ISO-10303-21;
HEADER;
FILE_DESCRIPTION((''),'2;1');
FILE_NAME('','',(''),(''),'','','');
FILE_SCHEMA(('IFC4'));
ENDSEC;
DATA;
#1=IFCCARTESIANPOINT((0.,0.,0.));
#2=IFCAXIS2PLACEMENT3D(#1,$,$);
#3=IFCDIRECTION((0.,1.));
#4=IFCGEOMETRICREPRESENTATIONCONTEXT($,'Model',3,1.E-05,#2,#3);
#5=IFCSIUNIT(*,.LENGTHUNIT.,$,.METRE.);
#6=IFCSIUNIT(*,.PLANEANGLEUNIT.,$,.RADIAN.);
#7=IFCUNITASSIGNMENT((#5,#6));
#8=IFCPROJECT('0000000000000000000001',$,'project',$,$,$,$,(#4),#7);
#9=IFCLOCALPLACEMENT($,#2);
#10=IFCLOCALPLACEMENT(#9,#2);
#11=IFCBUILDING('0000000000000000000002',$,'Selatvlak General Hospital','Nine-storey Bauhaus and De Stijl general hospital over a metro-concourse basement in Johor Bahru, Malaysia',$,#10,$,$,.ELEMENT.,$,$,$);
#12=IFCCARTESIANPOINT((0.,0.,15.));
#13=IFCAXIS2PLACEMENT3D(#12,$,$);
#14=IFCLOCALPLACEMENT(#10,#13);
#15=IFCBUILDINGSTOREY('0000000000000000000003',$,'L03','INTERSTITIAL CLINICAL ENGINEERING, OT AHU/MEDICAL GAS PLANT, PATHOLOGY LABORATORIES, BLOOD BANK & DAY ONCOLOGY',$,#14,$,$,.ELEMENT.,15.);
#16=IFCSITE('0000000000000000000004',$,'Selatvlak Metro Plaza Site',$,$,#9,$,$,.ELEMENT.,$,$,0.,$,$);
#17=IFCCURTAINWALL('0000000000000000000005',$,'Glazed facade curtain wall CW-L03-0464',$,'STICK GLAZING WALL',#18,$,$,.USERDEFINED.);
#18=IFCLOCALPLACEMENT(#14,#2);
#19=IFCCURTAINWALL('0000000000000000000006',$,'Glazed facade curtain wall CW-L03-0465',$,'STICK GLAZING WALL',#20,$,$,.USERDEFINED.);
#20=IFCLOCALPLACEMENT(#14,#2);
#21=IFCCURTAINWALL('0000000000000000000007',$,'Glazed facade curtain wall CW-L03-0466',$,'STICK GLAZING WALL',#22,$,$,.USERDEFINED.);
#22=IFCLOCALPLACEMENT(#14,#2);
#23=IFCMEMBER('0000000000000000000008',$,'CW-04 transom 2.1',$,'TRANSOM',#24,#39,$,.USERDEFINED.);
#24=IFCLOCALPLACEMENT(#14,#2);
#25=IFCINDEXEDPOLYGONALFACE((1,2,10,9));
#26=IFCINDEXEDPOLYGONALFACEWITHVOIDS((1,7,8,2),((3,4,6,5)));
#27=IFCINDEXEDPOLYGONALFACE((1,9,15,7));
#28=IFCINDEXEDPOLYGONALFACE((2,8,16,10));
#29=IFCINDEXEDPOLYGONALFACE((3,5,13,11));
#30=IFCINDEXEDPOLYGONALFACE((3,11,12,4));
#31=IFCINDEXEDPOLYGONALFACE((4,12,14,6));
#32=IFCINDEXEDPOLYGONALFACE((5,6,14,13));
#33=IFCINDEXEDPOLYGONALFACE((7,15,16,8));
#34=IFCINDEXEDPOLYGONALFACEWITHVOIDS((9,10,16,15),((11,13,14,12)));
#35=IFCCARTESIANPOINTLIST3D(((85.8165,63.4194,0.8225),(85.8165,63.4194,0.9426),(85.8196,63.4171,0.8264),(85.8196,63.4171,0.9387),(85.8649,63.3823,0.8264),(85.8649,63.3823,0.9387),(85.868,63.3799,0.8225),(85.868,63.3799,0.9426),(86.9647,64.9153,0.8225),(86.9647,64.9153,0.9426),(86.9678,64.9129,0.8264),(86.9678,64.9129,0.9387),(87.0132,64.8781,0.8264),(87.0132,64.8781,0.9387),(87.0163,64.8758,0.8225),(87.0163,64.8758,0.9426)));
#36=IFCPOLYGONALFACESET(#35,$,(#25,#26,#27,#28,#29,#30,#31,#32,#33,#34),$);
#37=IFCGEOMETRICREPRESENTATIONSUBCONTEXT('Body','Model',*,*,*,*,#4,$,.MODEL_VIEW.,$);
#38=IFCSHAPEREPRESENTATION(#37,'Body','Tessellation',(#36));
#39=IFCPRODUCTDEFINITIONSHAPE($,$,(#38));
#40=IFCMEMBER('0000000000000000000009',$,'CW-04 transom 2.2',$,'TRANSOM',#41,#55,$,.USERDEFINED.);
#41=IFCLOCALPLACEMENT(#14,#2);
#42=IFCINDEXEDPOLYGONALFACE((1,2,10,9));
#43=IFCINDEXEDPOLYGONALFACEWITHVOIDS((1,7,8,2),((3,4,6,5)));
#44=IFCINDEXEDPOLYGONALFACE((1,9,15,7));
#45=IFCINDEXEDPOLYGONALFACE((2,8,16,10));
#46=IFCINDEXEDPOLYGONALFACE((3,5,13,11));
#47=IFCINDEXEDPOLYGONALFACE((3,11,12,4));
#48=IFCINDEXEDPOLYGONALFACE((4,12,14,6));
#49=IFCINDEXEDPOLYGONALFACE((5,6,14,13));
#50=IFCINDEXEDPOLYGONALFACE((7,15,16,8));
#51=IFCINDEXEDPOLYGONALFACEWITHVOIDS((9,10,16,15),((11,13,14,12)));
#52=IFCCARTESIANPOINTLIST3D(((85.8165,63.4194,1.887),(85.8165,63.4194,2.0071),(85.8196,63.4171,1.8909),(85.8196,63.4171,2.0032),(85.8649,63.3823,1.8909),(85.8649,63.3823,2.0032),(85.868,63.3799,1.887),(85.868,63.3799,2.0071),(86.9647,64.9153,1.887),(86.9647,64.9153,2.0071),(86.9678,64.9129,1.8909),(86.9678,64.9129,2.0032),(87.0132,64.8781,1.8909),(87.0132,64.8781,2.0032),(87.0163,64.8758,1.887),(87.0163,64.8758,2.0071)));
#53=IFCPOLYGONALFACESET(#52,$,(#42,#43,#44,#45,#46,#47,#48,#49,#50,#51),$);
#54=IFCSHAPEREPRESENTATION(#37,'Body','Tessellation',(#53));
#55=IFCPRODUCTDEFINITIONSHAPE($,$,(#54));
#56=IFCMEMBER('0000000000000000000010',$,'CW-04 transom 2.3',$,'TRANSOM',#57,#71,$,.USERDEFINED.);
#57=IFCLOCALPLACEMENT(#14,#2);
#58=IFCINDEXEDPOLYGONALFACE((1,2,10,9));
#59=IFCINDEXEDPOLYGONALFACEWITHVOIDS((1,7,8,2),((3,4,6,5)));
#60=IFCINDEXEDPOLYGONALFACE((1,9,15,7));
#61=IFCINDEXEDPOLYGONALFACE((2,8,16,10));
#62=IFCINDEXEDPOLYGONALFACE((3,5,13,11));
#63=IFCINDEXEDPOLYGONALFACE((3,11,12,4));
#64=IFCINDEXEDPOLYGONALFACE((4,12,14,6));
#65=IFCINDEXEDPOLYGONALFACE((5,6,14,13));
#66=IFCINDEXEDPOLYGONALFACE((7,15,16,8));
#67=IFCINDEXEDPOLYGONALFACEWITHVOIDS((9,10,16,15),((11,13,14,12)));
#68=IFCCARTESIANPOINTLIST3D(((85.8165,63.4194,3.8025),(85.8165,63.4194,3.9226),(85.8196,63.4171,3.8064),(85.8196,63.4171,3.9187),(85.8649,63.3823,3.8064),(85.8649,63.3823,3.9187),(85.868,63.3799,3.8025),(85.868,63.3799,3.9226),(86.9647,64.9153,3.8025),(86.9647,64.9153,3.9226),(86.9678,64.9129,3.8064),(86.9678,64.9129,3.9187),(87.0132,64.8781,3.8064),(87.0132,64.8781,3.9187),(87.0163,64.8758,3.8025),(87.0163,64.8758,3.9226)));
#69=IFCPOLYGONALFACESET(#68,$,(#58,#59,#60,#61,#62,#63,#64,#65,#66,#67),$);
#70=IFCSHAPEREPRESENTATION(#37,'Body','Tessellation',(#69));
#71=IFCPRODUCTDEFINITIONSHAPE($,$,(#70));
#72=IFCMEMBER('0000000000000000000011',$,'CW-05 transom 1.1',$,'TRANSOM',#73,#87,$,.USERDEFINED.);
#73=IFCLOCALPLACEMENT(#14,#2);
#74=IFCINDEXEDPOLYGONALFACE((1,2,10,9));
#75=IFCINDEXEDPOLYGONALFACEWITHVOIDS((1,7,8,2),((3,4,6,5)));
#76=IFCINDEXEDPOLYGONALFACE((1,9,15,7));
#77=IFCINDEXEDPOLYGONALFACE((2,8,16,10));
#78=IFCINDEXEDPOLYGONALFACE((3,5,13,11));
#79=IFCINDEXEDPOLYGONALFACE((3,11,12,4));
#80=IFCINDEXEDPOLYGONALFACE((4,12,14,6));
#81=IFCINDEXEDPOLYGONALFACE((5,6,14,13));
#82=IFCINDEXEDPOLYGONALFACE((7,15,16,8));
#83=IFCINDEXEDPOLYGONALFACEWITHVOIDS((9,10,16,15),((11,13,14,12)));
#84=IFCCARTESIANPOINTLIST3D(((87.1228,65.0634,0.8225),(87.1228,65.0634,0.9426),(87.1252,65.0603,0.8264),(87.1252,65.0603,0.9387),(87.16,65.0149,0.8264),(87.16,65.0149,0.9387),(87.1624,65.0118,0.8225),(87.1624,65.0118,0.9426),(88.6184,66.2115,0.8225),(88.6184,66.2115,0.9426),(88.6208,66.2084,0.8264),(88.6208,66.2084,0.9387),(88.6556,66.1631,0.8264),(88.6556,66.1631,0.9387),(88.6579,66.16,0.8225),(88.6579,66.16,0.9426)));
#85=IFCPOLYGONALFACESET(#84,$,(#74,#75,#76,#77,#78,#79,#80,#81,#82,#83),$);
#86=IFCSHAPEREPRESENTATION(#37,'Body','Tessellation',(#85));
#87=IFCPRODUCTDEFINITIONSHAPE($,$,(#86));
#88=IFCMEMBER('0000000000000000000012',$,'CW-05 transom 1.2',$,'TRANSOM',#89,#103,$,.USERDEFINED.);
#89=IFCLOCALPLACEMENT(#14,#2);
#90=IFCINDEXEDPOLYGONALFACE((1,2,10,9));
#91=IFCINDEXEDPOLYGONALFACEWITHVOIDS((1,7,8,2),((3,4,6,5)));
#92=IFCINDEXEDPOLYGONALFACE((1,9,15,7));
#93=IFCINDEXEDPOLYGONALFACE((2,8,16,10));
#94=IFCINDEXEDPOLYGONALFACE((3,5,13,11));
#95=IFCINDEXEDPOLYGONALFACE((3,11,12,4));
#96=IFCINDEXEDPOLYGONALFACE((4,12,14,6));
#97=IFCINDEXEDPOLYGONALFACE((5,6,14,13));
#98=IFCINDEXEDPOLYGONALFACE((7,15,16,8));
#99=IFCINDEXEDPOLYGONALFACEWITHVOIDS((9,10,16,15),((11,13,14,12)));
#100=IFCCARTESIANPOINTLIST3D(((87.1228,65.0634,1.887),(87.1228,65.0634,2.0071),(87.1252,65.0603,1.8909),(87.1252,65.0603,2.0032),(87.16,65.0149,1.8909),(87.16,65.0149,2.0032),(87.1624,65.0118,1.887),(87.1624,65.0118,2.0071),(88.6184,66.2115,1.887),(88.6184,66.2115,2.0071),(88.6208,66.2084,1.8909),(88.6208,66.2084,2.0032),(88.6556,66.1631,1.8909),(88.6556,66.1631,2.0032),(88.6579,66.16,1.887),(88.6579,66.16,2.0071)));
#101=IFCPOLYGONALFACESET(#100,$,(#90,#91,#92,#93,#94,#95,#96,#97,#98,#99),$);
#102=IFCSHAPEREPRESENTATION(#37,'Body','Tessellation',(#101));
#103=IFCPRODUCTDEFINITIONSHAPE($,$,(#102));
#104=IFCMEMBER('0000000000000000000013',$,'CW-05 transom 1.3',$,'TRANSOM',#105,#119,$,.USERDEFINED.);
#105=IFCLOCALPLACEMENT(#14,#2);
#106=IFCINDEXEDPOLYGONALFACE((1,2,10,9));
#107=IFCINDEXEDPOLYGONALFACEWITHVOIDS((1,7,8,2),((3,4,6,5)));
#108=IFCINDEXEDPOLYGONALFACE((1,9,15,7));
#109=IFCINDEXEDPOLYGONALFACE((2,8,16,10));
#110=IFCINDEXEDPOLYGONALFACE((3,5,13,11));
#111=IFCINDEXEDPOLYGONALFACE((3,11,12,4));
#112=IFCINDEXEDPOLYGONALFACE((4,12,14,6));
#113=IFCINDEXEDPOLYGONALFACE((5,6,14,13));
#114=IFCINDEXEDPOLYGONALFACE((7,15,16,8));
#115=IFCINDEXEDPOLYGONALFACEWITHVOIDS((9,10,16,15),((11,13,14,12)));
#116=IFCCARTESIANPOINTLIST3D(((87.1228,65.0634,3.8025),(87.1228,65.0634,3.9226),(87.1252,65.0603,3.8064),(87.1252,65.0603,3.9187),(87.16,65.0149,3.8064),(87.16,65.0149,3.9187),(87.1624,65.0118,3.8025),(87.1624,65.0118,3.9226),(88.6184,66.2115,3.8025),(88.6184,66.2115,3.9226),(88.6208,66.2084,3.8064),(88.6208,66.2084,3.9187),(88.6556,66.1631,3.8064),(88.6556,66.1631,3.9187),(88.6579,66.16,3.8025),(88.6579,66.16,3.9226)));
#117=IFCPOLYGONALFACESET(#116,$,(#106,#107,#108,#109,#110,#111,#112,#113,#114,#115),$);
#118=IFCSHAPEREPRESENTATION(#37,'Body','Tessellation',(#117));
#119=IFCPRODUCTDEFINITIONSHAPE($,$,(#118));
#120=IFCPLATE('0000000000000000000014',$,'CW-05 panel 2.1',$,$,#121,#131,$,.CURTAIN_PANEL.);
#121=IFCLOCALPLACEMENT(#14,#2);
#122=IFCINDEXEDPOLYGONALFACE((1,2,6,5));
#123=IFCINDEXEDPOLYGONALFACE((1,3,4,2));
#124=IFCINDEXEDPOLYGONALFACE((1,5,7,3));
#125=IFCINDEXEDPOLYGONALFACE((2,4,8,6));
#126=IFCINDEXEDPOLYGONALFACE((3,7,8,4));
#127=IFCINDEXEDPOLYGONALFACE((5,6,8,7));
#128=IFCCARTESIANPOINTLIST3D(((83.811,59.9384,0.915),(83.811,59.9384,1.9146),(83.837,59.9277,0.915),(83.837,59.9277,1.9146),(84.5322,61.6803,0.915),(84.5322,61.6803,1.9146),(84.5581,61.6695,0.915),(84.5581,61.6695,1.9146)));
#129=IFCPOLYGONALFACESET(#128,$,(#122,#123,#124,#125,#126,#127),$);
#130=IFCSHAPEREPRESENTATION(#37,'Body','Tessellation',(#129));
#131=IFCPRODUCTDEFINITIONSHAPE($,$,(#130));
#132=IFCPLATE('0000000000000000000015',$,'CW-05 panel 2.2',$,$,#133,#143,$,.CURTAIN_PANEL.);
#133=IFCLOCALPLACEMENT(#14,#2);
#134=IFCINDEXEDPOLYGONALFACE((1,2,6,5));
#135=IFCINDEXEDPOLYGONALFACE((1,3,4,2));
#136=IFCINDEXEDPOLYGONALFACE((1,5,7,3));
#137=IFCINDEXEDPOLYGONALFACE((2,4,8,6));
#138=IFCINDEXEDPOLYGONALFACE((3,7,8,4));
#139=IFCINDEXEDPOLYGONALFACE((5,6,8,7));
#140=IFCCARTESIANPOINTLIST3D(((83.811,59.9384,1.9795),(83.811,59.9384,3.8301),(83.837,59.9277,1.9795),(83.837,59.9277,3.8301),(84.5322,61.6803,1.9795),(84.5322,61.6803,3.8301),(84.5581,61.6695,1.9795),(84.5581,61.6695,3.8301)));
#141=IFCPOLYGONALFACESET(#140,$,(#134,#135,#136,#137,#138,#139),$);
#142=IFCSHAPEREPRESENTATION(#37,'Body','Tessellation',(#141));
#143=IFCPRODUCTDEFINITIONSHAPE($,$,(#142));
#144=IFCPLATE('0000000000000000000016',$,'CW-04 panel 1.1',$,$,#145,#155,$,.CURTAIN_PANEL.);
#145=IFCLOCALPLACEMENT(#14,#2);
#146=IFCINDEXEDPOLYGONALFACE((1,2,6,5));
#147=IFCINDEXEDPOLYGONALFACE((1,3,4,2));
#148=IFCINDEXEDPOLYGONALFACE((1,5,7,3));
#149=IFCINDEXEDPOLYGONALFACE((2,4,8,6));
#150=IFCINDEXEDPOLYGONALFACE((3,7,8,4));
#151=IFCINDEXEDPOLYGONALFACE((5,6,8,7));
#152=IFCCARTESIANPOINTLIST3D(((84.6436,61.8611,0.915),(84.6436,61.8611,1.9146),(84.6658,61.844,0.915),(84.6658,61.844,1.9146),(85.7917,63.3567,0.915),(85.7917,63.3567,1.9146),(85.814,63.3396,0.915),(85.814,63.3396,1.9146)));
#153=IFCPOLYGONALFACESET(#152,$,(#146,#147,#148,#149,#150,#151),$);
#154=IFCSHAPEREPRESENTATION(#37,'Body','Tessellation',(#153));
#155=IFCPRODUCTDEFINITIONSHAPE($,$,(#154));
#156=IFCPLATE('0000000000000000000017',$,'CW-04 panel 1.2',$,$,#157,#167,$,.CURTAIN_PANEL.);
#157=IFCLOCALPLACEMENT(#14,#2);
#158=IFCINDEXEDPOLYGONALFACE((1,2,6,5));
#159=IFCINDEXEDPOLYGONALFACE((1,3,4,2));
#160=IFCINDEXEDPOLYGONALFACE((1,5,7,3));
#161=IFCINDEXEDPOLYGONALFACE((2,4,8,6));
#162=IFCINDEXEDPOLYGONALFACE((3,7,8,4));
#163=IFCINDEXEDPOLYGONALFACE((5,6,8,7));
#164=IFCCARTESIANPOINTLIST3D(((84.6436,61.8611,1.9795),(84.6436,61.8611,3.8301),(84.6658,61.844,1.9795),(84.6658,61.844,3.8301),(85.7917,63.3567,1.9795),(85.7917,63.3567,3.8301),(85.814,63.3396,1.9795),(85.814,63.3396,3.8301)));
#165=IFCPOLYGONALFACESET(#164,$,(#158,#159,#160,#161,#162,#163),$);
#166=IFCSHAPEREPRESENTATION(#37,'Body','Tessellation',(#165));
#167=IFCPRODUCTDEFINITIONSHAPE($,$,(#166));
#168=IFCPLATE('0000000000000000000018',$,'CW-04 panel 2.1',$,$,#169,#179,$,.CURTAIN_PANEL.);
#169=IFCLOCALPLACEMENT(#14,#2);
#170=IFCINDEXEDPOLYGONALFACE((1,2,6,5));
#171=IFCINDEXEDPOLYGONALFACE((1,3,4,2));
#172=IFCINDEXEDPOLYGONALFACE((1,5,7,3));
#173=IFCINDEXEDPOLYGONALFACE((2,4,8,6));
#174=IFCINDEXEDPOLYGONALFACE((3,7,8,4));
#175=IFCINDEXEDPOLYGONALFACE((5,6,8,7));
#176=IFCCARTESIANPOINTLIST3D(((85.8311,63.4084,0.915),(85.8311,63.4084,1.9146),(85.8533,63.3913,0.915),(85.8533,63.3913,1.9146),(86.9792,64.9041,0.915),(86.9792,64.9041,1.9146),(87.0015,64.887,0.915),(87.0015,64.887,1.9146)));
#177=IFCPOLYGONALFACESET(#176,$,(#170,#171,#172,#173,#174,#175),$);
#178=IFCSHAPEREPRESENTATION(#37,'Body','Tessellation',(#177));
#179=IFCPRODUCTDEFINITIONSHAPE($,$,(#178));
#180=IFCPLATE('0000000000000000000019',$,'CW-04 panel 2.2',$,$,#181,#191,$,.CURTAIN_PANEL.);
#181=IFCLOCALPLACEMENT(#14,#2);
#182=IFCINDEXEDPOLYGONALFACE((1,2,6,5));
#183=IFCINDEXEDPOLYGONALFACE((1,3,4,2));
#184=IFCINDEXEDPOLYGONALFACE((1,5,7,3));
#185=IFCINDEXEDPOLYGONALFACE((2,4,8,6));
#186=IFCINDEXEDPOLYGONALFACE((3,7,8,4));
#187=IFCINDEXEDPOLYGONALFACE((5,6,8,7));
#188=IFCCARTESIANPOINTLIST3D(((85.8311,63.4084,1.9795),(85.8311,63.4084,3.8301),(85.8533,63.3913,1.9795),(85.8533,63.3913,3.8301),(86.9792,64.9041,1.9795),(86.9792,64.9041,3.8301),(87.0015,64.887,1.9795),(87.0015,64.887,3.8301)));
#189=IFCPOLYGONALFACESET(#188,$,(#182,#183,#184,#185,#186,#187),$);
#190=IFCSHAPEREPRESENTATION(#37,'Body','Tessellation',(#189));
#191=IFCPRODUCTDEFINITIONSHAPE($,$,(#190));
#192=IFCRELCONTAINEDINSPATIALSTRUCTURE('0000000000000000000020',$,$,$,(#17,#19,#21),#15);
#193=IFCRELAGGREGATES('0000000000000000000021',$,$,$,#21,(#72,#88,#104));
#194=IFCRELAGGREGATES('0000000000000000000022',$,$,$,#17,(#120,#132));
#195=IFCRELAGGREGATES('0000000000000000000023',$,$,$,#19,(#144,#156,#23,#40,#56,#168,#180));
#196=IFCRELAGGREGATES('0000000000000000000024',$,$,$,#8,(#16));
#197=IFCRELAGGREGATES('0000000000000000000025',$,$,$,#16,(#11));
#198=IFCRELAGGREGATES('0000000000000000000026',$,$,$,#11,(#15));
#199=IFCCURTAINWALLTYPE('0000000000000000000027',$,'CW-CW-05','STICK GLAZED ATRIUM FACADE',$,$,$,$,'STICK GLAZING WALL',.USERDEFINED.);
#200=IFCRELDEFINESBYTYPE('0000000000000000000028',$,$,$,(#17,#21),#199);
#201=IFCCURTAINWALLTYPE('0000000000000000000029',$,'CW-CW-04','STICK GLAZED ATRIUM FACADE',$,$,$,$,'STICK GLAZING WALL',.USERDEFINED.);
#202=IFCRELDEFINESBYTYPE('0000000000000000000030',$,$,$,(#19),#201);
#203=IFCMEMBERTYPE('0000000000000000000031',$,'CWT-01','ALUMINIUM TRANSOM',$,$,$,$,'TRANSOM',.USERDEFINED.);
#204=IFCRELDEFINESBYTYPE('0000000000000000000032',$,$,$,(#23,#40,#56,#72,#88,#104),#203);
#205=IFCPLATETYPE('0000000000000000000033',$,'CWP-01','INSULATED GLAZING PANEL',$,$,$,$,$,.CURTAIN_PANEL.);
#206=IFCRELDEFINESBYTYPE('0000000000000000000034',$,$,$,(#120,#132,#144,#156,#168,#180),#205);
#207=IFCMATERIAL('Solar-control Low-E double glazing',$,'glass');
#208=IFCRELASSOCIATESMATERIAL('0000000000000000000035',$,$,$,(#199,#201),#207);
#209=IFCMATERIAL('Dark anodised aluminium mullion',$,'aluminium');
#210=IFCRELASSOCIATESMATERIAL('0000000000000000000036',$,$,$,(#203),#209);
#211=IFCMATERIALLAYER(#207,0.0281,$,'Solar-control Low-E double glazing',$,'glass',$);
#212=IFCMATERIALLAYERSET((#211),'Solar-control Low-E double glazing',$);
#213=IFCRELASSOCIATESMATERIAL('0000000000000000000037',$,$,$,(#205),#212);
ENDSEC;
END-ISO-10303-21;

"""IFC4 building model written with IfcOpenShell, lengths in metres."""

from ifc_helpers import new_model, si_unit, direction, frame, origin, origin_2d, place, context, subcontext, project, spatial, rectangle, hollow_rectangle, extrude, material, layer, layer_set, material_profile, profile_set, type_object, element, aggregate, save


model = new_model("IFC4")

# Units and contexts
model_context = context("Model", 3, precision=1e-05, world=origin(), true_north=direction((0.0, 1.0)))
body_context = subcontext(model_context, "Body", "Model", "MODEL_VIEW")
ifc_project = project(units=[si_unit("LENGTHUNIT", "METRE"), si_unit("PLANEANGLEUNIT", "RADIAN")], contexts=[model_context])

# Site, building, storey
site_placement = place(None, origin())
site = spatial("IfcSite", under=ifc_project, at=site_placement, Name="Selatvlak Metro Plaza Site", CompositionType="ELEMENT", RefElevation=0.0)
building_placement = place(site_placement, origin())
building = spatial("IfcBuilding", under=site, at=building_placement, Name="Selatvlak General Hospital", Description="Nine-storey Bauhaus and De Stijl general hospital over a metro-concourse basement in Johor Bahru, Malaysia", CompositionType="ELEMENT")
storey_placement = place(building_placement, frame((0.0, 0.0, 15.0)))
storey = spatial("IfcBuildingStorey", under=building, at=storey_placement, Name="L03", Description="INTERSTITIAL CLINICAL ENGINEERING, OT AHU/MEDICAL GAS PLANT, PATHOLOGY LABORATORIES, BLOOD BANK & DAY ONCOLOGY", CompositionType="ELEMENT", Elevation=15.0)

# Curtain wall
ifc_material_1 = material(Name="Solar-control Low-E double glazing", Category="glass")
curtain_wall_type_1 = type_object("IfcCurtainWallType", Name="CW-CW-05", Description="STICK GLAZED ATRIUM FACADE", ElementType="STICK GLAZING WALL", PredefinedType="USERDEFINED", material=ifc_material_1)
curtain_wall_1_placement = place(storey_placement, origin())
curtain_wall_1 = element("IfcCurtainWall", 1, at=curtain_wall_1_placement, inside=storey, type_object=curtain_wall_type_1, Name="Glazed facade curtain wall CW-L03-0464", ObjectType="STICK GLAZING WALL", PredefinedType="USERDEFINED")
ifc_material_2 = material(Name="Dark anodised aluminium mullion", Category="aluminium")

# Curtain wall
curtain_wall_type_2 = type_object("IfcCurtainWallType", Name="CW-CW-04", Description="STICK GLAZED ATRIUM FACADE", ElementType="STICK GLAZING WALL", PredefinedType="USERDEFINED", material=ifc_material_1)
curtain_wall_2_placement = place(storey_placement, origin())
curtain_wall_2 = element("IfcCurtainWall", 2, at=curtain_wall_2_placement, inside=storey, type_object=curtain_wall_type_2, Name="Glazed facade curtain wall CW-L03-0465", ObjectType="STICK GLAZING WALL", PredefinedType="USERDEFINED")

# Curtain wall
curtain_wall_3_placement = place(storey_placement, origin())
curtain_wall_3 = element("IfcCurtainWall", 3, at=curtain_wall_3_placement, inside=storey, type_object=curtain_wall_type_1, Name="Glazed facade curtain wall CW-L03-0466", ObjectType="STICK GLAZING WALL", PredefinedType="USERDEFINED")

# Members
ifc_material_profile_1 = material_profile(ifc_material_2, hollow_rectangle(XDim=0.0649, YDim=0.1201, WallThickness=0.0039, at=origin_2d()), Name="AL-TRN 65x120x4")
ifc_profile_set_1 = profile_set([ifc_material_profile_1], Name="Dark anodised aluminium mullion")
member_type_1 = type_object("IfcMemberType", Name="CWT-01", Description="ALUMINIUM TRANSOM", ElementType="TRANSOM", PredefinedType="USERDEFINED", material=ifc_profile_set_1)
member_1_placement = place(storey_placement, frame((85.8423, 63.3997, 0.8826), z_axis=(0.608891, 0.793254, 0.0), x_axis=(-0.793254, 0.608891, 0.0)))
member_1 = element("IfcMember", 4, at=member_1_placement, type_object=member_type_1, Name="CW-04 transom 2.1", ObjectType="TRANSOM", PredefinedType="USERDEFINED", context=body_context, shape_type="SweptSolid", body=[
    extrude(hollow_rectangle(XDim=0.0649, YDim=0.1201, WallThickness=0.0039, at=origin_2d()), origin(), (0.0, 0.0, 1.0), 1.8857),
])
member_2_placement = place(storey_placement, frame((85.8423, 63.3997, 1.947), z_axis=(0.608891, 0.793254, 0.0), x_axis=(-0.793254, 0.608891, 0.0)))
member_2 = element("IfcMember", 5, at=member_2_placement, type_object=member_type_1, Name="CW-04 transom 2.2", ObjectType="TRANSOM", PredefinedType="USERDEFINED", context=body_context, shape_type="SweptSolid", body=[
    extrude(hollow_rectangle(XDim=0.0649, YDim=0.1201, WallThickness=0.0039, at=origin_2d()), origin(), (0.0, 0.0, 1.0), 1.8857),
])
member_3_placement = place(storey_placement, frame((85.8423, 63.3997, 3.8625), z_axis=(0.608891, 0.793254, 0.0), x_axis=(-0.793254, 0.608891, 0.0)))
member_3 = element("IfcMember", 6, at=member_3_placement, type_object=member_type_1, Name="CW-04 transom 2.3", ObjectType="TRANSOM", PredefinedType="USERDEFINED", context=body_context, shape_type="SweptSolid", body=[
    extrude(hollow_rectangle(XDim=0.0649, YDim=0.1201, WallThickness=0.0039, at=origin_2d()), origin(), (0.0, 0.0, 1.0), 1.8857),
])
member_4_placement = place(storey_placement, frame((87.1426, 65.0376, 0.8826), z_axis=(0.793206, 0.608953, 0.0), x_axis=(-0.608953, 0.793206, 0.0)))
member_4 = element("IfcMember", 7, at=member_4_placement, type_object=member_type_1, Name="CW-05 transom 1.1", ObjectType="TRANSOM", PredefinedType="USERDEFINED", context=body_context, shape_type="SweptSolid", body=[
    extrude(hollow_rectangle(XDim=0.0649, YDim=0.1201, WallThickness=0.0039, at=origin_2d()), origin(), (0.0, 0.0, 1.0), 1.8855),
])
member_5_placement = place(storey_placement, frame((87.1426, 65.0376, 1.947), z_axis=(0.793206, 0.608953, 0.0), x_axis=(-0.608953, 0.793206, 0.0)))
member_5 = element("IfcMember", 8, at=member_5_placement, type_object=member_type_1, Name="CW-05 transom 1.2", ObjectType="TRANSOM", PredefinedType="USERDEFINED", context=body_context, shape_type="SweptSolid", body=[
    extrude(hollow_rectangle(XDim=0.0649, YDim=0.1201, WallThickness=0.0039, at=origin_2d()), origin(), (0.0, 0.0, 1.0), 1.8855),
])
member_6_placement = place(storey_placement, frame((87.1426, 65.0376, 3.8625), z_axis=(0.793206, 0.608953, 0.0), x_axis=(-0.608953, 0.793206, 0.0)))
member_6 = element("IfcMember", 9, at=member_6_placement, type_object=member_type_1, Name="CW-05 transom 1.3", ObjectType="TRANSOM", PredefinedType="USERDEFINED", context=body_context, shape_type="SweptSolid", body=[
    extrude(hollow_rectangle(XDim=0.0649, YDim=0.1201, WallThickness=0.0039, at=origin_2d()), origin(), (0.0, 0.0, 1.0), 1.8855),
])
aggregate(curtain_wall_3, [member_4, member_5, member_6])

# Plates
ifc_layer_1 = layer(ifc_material_1, 0.0281, Name="Solar-control Low-E double glazing", Category="glass")
ifc_layer_set_1 = layer_set([ifc_layer_1], Name="Solar-control Low-E double glazing")
plate_type = type_object("IfcPlateType", Name="CWP-01", Description="INSULATED GLAZING PANEL", PredefinedType="CURTAIN_PANEL", material=ifc_layer_set_1)
plate_1_placement = place(storey_placement, frame((84.1846, 60.804, 0.915), z_axis=(0.0, 0.0, 1.0), x_axis=(0.382537, 0.92394, 0.0)))
plate_1 = element("IfcPlate", 10, at=plate_1_placement, type_object=plate_type, Name="CW-05 panel 2.1", PredefinedType="CURTAIN_PANEL", context=body_context, shape_type="SweptSolid", body=[
    extrude(rectangle(XDim=1.8853, YDim=0.0281, at=origin_2d()), origin(), (0.0, 0.0, 1.0), 0.9995),
])
plate_2_placement = place(storey_placement, frame((84.1846, 60.804, 1.9795), z_axis=(0.0, 0.0, 1.0), x_axis=(0.382537, 0.92394, 0.0)))
plate_2 = element("IfcPlate", 11, at=plate_2_placement, type_object=plate_type, Name="CW-05 panel 2.2", PredefinedType="CURTAIN_PANEL", context=body_context, shape_type="SweptSolid", body=[
    extrude(rectangle(XDim=1.8853, YDim=0.0281, at=origin_2d()), origin(), (0.0, 0.0, 1.0), 1.8506),
])
aggregate(curtain_wall_1, [plate_1, plate_2])
plate_3_placement = place(storey_placement, frame((85.2288, 62.6003, 0.915), z_axis=(0.0, 0.0, 1.0), x_axis=(0.608918, 0.793233, 0.0)))
plate_3 = element("IfcPlate", 12, at=plate_3_placement, type_object=plate_type, Name="CW-04 panel 1.1", PredefinedType="CURTAIN_PANEL", context=body_context, shape_type="SweptSolid", body=[
    extrude(rectangle(XDim=1.8855, YDim=0.0281, at=origin_2d()), origin(), (0.0, 0.0, 1.0), 0.9995),
])
plate_4_placement = place(storey_placement, frame((85.2288, 62.6003, 1.9795), z_axis=(0.0, 0.0, 1.0), x_axis=(0.608918, 0.793233, 0.0)))
plate_4 = element("IfcPlate", 13, at=plate_4_placement, type_object=plate_type, Name="CW-04 panel 1.2", PredefinedType="CURTAIN_PANEL", context=body_context, shape_type="SweptSolid", body=[
    extrude(rectangle(XDim=1.8855, YDim=0.0281, at=origin_2d()), origin(), (0.0, 0.0, 1.0), 1.8506),
])
plate_5_placement = place(storey_placement, frame((86.4163, 64.1477, 0.915), z_axis=(0.0, 0.0, 1.0), x_axis=(0.608918, 0.793233, 0.0)))
plate_5 = element("IfcPlate", 14, at=plate_5_placement, type_object=plate_type, Name="CW-04 panel 2.1", PredefinedType="CURTAIN_PANEL", context=body_context, shape_type="SweptSolid", body=[
    extrude(rectangle(XDim=1.8855, YDim=0.0281, at=origin_2d()), origin(), (0.0, 0.0, 1.0), 0.9995),
])
plate_6_placement = place(storey_placement, frame((86.4163, 64.1477, 1.9795), z_axis=(0.0, 0.0, 1.0), x_axis=(0.608918, 0.793233, 0.0)))
plate_6 = element("IfcPlate", 15, at=plate_6_placement, type_object=plate_type, Name="CW-04 panel 2.2", PredefinedType="CURTAIN_PANEL", context=body_context, shape_type="SweptSolid", body=[
    extrude(rectangle(XDim=1.8855, YDim=0.0281, at=origin_2d()), origin(), (0.0, 0.0, 1.0), 1.8506),
])
aggregate(curtain_wall_2, [plate_3, plate_4, member_1, member_2, member_3, plate_5, plate_6])

save(model, "model.ifc")
